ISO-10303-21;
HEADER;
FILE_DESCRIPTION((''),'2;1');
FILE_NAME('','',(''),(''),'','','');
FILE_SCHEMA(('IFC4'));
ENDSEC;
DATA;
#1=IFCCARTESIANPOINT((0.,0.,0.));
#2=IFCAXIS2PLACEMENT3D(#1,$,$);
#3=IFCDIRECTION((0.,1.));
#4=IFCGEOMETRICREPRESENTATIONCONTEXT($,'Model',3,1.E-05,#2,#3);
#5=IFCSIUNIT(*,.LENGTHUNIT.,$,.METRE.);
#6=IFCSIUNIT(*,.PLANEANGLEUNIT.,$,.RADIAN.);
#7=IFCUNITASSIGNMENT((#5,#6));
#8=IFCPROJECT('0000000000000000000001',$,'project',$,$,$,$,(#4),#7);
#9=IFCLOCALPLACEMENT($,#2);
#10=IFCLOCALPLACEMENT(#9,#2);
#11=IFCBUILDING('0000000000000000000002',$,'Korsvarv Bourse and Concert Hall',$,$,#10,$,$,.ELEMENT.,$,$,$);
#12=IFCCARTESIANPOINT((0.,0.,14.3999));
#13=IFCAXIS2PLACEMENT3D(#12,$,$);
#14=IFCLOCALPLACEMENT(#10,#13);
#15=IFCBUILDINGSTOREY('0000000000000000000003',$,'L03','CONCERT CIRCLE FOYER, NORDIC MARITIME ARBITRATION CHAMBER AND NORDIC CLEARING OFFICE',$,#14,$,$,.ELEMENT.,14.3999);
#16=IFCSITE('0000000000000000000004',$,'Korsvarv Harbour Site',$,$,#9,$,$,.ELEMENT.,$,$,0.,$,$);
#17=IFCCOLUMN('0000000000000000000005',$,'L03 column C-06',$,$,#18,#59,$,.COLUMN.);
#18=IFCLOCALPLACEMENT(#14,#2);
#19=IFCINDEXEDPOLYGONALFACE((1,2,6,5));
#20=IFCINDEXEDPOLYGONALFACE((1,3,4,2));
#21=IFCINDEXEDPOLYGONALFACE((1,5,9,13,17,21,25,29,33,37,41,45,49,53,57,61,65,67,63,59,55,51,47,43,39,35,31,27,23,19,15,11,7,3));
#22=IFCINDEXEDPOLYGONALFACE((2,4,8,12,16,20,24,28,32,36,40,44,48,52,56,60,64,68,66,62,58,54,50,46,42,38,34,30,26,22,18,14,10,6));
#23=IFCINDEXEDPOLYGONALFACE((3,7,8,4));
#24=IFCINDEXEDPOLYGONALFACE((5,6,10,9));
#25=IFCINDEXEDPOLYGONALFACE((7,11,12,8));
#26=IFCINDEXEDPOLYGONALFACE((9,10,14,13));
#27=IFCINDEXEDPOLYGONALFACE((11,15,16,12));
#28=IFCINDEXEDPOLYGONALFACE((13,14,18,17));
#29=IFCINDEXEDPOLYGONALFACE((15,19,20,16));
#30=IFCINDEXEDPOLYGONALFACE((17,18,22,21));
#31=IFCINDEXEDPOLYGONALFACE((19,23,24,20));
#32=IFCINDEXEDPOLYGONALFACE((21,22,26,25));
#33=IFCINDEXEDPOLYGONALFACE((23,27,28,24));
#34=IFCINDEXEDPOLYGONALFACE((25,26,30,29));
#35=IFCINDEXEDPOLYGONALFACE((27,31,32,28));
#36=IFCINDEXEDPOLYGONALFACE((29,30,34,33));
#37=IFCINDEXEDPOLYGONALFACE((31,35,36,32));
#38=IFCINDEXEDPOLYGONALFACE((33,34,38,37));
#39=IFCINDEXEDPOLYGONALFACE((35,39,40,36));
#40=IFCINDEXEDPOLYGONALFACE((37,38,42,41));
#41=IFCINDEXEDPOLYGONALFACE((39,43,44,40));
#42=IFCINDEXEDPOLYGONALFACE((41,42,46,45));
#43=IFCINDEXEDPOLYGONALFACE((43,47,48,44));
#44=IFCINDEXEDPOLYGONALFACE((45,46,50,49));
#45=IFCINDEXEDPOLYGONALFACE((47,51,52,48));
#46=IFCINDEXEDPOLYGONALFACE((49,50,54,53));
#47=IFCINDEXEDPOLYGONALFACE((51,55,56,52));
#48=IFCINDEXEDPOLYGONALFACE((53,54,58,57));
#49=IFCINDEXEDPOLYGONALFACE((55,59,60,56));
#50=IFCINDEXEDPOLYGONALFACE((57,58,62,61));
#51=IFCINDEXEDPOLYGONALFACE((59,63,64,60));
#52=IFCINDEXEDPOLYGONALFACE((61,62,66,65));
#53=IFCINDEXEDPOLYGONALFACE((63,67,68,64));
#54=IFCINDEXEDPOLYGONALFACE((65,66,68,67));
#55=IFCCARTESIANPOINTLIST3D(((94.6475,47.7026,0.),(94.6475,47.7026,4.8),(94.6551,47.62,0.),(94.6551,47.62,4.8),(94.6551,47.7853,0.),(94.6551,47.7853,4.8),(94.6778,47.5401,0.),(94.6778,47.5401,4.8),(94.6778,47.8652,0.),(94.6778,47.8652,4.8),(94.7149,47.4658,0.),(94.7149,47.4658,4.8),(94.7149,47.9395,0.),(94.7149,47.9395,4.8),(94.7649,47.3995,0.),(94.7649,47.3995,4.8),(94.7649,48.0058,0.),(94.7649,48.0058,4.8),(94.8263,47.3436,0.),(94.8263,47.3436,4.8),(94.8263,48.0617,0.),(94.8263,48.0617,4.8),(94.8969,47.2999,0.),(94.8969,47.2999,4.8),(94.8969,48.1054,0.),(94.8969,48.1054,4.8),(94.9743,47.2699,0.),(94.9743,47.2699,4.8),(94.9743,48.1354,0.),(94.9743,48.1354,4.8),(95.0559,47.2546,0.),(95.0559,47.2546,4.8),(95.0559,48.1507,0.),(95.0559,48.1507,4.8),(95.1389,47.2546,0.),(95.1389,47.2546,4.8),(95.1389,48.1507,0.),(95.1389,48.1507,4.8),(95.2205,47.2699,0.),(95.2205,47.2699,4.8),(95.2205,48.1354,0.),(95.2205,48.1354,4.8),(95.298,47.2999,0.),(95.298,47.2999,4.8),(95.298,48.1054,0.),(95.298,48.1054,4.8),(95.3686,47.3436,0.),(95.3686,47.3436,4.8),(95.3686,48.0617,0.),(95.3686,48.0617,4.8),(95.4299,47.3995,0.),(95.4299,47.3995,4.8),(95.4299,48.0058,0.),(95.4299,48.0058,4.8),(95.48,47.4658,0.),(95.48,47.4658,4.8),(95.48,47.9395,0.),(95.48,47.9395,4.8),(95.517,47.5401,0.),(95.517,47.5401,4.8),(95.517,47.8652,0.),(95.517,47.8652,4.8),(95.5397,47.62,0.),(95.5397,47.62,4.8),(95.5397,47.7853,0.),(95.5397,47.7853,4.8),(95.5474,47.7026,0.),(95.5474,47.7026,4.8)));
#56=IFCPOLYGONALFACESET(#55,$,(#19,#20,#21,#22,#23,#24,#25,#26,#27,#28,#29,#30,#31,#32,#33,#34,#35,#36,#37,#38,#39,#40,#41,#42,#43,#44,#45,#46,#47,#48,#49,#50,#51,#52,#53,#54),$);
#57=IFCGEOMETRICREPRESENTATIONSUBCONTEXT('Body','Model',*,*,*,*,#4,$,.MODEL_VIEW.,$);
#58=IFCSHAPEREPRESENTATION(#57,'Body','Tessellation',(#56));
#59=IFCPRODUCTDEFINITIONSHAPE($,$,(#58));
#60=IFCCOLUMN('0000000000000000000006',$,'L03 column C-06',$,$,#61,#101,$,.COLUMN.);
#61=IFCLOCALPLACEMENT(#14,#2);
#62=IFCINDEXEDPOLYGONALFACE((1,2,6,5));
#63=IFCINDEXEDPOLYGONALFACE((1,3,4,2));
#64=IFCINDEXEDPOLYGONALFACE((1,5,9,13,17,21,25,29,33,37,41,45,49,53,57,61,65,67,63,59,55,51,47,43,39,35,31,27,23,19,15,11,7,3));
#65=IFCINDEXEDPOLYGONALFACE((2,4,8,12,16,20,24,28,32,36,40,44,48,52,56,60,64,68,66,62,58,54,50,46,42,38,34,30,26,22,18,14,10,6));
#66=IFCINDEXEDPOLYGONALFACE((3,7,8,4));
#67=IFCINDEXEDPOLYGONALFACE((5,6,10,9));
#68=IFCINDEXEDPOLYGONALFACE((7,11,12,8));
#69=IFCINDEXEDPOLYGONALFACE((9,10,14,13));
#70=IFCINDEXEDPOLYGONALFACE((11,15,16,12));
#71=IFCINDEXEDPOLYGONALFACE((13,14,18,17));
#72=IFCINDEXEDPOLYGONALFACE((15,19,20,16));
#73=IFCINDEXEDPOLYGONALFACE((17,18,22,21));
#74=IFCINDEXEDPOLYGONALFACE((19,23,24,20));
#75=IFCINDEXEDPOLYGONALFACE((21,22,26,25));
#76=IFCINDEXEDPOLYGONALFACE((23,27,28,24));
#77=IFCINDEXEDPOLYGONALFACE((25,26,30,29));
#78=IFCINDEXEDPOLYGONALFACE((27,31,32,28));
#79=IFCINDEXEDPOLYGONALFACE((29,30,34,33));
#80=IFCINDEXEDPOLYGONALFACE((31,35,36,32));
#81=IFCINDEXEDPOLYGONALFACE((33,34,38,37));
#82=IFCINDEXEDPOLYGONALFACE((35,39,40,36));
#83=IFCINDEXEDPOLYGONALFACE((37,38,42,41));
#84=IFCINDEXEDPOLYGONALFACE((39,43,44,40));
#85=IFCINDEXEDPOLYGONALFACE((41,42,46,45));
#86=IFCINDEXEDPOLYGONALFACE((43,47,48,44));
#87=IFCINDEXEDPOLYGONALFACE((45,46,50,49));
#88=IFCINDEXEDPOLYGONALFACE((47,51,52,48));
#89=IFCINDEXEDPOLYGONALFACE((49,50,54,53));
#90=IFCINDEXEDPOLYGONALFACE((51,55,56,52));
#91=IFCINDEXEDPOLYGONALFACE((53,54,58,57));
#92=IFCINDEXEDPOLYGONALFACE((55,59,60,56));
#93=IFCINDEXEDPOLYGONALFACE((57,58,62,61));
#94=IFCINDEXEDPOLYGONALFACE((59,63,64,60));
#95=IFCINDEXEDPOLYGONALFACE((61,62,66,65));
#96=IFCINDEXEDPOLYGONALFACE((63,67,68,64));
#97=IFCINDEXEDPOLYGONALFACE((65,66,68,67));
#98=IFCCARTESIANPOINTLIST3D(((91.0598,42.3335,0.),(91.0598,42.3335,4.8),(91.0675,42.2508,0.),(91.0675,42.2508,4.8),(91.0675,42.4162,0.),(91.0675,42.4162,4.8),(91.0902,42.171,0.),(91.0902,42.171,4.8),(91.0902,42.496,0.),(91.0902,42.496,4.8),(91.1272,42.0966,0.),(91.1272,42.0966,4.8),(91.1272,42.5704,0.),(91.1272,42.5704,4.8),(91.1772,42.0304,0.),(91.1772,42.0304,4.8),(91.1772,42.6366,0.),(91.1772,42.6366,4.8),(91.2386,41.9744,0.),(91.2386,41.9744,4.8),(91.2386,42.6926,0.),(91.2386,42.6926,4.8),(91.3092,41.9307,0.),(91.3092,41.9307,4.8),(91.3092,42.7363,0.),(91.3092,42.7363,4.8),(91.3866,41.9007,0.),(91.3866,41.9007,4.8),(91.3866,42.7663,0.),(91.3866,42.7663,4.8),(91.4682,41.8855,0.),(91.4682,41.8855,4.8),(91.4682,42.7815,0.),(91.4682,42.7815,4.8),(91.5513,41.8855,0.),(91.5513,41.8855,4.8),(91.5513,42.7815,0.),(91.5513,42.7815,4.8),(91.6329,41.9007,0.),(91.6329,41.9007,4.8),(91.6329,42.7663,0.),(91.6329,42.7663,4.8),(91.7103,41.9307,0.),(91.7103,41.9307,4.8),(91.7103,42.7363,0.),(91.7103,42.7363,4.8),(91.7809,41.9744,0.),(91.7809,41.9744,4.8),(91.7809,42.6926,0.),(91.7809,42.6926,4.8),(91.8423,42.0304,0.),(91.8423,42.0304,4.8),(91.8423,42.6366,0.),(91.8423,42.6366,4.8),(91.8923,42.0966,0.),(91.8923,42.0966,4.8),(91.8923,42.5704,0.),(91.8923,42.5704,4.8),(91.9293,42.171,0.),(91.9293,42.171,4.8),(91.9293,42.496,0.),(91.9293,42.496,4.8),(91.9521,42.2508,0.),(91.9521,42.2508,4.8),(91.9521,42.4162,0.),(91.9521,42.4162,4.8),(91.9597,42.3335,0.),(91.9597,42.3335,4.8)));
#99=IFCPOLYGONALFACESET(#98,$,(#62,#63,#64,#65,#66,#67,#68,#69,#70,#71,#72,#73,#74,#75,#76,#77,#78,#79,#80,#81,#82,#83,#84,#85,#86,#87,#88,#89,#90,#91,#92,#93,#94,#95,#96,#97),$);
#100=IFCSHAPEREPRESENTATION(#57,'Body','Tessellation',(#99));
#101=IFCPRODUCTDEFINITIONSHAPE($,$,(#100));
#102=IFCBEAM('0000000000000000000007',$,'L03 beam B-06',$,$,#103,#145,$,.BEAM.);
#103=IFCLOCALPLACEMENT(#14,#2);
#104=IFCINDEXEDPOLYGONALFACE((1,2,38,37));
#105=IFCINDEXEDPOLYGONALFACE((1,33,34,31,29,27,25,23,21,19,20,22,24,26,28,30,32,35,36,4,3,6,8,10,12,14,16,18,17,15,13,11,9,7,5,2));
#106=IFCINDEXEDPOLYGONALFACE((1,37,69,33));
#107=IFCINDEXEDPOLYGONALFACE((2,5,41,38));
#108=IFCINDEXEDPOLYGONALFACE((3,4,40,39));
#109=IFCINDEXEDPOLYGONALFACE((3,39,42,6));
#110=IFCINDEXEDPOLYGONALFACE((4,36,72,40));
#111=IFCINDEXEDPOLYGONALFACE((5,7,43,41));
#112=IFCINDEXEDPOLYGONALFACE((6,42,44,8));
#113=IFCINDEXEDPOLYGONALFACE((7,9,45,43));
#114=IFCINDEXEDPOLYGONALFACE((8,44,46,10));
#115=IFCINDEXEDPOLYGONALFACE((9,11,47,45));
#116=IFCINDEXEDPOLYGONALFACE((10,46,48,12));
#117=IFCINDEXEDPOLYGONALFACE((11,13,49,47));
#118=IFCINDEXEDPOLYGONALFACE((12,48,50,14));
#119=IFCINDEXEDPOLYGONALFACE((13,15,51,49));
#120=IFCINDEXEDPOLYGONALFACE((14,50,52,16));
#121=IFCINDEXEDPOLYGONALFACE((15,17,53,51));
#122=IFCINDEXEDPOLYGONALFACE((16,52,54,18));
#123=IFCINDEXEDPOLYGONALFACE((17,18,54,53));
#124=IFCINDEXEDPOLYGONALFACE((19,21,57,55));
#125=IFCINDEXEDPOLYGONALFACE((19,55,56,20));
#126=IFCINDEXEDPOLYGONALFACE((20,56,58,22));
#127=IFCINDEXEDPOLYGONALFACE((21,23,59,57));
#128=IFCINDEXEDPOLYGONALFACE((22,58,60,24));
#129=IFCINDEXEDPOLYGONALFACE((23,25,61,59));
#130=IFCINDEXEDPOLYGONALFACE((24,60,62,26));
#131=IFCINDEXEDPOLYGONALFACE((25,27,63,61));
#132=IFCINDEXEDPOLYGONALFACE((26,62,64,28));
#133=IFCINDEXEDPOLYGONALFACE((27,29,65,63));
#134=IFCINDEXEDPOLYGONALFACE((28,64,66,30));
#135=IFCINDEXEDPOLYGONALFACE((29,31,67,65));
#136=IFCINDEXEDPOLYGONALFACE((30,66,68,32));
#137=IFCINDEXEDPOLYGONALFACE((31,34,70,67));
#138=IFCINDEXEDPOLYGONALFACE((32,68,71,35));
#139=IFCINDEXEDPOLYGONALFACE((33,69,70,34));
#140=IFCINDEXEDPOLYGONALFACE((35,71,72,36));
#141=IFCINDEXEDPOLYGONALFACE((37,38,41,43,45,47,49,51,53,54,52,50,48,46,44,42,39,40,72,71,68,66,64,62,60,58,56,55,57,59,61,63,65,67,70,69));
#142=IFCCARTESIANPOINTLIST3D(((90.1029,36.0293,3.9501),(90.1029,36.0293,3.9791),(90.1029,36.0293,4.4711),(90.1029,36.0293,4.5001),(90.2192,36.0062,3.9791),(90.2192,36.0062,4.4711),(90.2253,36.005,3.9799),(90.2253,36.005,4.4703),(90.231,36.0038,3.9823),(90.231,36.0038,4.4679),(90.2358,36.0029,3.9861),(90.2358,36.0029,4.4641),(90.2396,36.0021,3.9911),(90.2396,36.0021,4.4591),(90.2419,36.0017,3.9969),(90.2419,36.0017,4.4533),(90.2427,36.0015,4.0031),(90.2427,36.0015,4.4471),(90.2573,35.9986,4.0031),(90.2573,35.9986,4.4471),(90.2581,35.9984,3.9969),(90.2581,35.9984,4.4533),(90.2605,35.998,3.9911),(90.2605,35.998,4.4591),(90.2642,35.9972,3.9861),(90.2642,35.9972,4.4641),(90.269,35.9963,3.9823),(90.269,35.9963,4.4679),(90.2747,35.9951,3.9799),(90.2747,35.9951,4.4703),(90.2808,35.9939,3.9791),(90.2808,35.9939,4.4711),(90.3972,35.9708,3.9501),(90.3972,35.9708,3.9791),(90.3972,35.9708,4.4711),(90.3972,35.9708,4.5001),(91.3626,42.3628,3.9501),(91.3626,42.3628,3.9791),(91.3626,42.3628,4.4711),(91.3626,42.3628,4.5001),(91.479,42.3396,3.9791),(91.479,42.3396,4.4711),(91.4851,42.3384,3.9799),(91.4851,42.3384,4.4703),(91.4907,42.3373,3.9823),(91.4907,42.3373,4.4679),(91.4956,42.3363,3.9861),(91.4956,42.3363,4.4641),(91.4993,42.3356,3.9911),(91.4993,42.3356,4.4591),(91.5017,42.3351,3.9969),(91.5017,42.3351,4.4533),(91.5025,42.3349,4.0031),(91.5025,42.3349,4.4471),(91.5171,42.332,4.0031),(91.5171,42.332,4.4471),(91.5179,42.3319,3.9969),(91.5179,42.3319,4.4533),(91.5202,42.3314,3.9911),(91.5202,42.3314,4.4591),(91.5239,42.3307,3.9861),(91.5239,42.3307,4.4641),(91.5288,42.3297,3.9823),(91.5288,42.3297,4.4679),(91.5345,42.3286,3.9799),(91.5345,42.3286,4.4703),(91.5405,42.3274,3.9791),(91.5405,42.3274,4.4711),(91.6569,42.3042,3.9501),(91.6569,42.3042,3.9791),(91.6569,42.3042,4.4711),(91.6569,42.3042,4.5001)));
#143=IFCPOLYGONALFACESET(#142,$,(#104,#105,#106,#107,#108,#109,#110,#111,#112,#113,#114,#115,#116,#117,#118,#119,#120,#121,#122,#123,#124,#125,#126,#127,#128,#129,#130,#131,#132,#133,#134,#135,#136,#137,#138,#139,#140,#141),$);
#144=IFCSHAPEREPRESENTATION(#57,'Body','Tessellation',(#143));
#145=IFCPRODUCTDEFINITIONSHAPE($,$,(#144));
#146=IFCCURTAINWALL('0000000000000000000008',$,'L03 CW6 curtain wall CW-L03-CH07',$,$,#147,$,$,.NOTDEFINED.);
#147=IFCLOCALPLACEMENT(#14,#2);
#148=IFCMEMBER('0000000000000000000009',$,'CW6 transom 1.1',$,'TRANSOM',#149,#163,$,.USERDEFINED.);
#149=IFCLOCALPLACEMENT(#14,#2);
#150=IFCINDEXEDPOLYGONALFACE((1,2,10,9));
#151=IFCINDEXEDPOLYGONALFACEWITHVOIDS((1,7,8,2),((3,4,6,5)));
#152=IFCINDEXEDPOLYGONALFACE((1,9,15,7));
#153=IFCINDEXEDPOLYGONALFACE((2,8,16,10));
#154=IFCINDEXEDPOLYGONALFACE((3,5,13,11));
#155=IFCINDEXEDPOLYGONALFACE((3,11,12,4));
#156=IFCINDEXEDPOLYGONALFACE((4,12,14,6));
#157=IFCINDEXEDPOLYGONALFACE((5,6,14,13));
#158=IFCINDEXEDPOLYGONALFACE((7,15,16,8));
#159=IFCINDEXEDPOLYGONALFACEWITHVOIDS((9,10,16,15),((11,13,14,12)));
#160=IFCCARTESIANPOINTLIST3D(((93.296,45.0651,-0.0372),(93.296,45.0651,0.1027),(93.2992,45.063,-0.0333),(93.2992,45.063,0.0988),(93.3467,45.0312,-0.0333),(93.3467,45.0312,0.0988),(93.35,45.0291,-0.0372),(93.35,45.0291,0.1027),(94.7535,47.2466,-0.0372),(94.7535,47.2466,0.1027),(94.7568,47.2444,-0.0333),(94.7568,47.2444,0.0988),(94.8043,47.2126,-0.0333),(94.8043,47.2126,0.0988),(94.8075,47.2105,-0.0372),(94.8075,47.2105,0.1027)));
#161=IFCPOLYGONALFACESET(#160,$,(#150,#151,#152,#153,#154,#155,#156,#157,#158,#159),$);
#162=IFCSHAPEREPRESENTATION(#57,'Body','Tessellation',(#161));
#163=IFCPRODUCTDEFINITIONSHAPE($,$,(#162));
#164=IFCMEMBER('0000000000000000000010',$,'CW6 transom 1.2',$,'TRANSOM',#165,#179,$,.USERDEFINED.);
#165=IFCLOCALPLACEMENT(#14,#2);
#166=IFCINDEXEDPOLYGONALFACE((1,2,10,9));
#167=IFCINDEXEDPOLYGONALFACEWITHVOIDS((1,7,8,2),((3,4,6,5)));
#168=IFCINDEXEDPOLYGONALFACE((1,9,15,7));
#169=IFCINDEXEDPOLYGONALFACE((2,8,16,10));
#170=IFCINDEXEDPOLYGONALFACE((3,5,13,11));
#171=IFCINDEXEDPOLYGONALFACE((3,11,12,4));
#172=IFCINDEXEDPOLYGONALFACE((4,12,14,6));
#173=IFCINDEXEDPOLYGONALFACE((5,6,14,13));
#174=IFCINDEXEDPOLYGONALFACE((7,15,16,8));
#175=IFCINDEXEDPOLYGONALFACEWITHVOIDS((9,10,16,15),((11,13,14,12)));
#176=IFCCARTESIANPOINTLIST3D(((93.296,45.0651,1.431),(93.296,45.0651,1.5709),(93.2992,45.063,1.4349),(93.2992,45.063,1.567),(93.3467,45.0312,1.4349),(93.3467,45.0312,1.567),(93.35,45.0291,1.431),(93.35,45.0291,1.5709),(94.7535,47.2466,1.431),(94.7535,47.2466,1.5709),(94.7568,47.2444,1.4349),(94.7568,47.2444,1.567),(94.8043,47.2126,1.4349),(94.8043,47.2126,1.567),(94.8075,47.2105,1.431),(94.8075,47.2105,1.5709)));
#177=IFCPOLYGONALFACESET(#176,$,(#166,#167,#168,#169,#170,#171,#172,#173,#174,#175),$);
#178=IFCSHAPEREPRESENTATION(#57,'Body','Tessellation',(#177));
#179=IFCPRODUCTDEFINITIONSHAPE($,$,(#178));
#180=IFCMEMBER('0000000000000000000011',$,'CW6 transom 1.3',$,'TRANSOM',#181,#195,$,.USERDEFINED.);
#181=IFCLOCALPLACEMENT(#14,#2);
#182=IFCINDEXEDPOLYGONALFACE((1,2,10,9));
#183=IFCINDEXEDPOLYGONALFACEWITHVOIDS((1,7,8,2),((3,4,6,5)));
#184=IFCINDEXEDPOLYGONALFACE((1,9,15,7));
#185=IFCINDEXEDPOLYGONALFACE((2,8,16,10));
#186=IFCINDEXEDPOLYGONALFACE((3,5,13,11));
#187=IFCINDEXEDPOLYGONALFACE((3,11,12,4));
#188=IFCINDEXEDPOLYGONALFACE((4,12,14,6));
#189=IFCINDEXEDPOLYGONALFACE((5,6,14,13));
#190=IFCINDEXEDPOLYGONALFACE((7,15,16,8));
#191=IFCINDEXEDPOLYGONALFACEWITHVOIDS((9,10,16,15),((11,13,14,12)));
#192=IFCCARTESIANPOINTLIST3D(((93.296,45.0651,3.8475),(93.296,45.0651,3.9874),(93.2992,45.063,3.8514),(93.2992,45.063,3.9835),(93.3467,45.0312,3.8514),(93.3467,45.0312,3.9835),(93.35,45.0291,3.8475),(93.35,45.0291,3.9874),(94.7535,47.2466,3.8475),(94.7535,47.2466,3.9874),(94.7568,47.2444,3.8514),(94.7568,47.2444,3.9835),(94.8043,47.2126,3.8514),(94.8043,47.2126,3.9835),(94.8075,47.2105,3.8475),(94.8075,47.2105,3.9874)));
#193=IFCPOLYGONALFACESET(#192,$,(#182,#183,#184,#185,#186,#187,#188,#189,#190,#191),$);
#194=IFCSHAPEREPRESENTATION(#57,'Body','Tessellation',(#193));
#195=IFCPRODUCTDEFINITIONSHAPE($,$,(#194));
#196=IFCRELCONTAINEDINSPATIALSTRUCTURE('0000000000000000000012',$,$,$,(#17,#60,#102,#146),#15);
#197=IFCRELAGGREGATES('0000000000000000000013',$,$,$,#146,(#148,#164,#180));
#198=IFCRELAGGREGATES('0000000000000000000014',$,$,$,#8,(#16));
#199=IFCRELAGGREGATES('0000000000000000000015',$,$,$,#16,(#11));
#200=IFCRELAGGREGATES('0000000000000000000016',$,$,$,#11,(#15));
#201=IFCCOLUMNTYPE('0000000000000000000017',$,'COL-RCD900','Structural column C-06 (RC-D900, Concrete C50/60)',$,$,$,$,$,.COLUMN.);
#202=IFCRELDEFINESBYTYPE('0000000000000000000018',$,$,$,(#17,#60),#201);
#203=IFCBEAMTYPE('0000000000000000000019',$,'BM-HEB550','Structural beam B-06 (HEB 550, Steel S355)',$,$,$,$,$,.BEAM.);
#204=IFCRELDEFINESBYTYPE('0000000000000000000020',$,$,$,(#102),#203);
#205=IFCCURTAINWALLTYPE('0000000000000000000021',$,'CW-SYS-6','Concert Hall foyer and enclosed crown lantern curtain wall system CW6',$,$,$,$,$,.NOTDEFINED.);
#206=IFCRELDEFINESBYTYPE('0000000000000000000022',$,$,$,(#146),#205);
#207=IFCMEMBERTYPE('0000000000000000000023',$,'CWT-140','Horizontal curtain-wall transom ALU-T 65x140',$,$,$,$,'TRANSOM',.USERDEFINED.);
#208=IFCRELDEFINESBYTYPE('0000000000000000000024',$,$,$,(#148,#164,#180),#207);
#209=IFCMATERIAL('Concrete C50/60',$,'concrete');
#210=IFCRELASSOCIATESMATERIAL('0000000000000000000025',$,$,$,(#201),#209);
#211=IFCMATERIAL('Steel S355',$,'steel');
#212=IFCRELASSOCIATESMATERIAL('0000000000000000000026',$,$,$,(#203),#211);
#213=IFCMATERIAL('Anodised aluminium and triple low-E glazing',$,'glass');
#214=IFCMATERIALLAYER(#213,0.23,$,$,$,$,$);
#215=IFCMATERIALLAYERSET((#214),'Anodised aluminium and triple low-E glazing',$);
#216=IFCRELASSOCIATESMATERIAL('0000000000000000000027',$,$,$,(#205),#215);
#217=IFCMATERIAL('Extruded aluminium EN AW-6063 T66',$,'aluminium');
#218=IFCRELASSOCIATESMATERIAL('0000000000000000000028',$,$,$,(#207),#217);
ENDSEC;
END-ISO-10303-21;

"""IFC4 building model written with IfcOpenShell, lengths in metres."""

from ifc_helpers import new_model, si_unit, direction, frame, origin, origin_2d, place, context, subcontext, project, spatial, hollow_rectangle, circle, i_section, extrude, source, transform, mapped, material, layer, layer_set, material_profile, profile_set, type_object, element, aggregate, save


model = new_model("IFC4")

# Units and contexts
model_context = context("Model", 3, precision=1e-05, world=origin(), true_north=direction((0.0, 1.0)))
body_context = subcontext(model_context, "Body", "Model", "MODEL_VIEW")
ifc_project = project(units=[si_unit("LENGTHUNIT", "METRE"), si_unit("PLANEANGLEUNIT", "RADIAN")], contexts=[model_context])

# Site, building, storey
site_placement = place(None, origin())
site = spatial("IfcSite", under=ifc_project, at=site_placement, Name="Korsvarv Harbour Site", CompositionType="ELEMENT", RefElevation=0.0)
building_placement = place(site_placement, origin())
building = spatial("IfcBuilding", under=site, at=building_placement, Name="Korsvarv Bourse and Concert Hall", CompositionType="ELEMENT")
storey_placement = place(building_placement, frame((0.0, 0.0, 14.3999)))
storey = spatial("IfcBuildingStorey", under=building, at=storey_placement, Name="L03", Description="CONCERT CIRCLE FOYER, NORDIC MARITIME ARBITRATION CHAMBER AND NORDIC CLEARING OFFICE", CompositionType="ELEMENT", Elevation=14.3999)

# Columns
ifc_material_1 = material(Name="Concrete C50/60", Category="concrete")
ifc_material_profile_1 = material_profile(ifc_material_1, circle(Radius=0.45, at=origin_2d()), Name="RC-D900")
ifc_profile_set_1 = profile_set([ifc_material_profile_1], Name="Concrete C50/60")
column_type = type_object("IfcColumnType", Name="COL-RCD900", Description="Structural column C-06 (RC-D900, Concrete C50/60)", PredefinedType="COLUMN", material=ifc_profile_set_1)
shared_shape_1 = source(origin(), body_context, "Body", "SweptSolid", [
    extrude(circle(Radius=0.45, at=origin_2d()), origin(), (0.0, 0.0, 1.0), 4.8),
])
for number, where, z_axis, x_axis, name in (
    (1, (95.0974, 47.7026, 0.0), (0.0, 0.0, 1.0), (1.0, 0.0, 0.0), "L03 column C-06"),
    (2, (91.5098, 42.3335, 0.0), (0.0, 0.0, 1.0), (1.0, 0.0, 0.0), "L03 column C-06"),
):
    element("IfcColumn", number, at=place(storey_placement, frame(where, z_axis=z_axis, x_axis=x_axis)), inside=storey, type_object=column_type, Name=name, PredefinedType="COLUMN", context=body_context, shape_type="MappedRepresentation", body=[
        mapped(shared_shape_1, transform((0.0, 0.0, 0.0), scale=1.0)),
    ])

# Beam
ifc_material_2 = material(Name="Steel S355", Category="steel")
ifc_material_profile_2 = material_profile(ifc_material_2, i_section(OverallWidth=0.3, OverallDepth=0.55, WebThickness=0.0149, FlangeThickness=0.0291, FilletRadius=0.0239, at=origin_2d()), Name="HEB 550")
ifc_profile_set_2 = profile_set([ifc_material_profile_2], Name="Steel S355")
beam_type = type_object("IfcBeamType", Name="BM-HEB550", Description="Structural beam B-06 (HEB 550, Steel S355)", PredefinedType="BEAM", material=ifc_profile_set_2)
shared_shape_2 = source(origin(), body_context, "Body", "SweptSolid", [
    extrude(i_section(OverallWidth=0.3, OverallDepth=0.55, WebThickness=0.0149, FlangeThickness=0.0291, FilletRadius=0.0239, at=origin_2d()), origin(), (0.0, 0.0, 1.0), 6.4575),
])
beam_placement = place(storey_placement, frame((91.5098, 42.3335, 4.2251), z_axis=(-0.195084, -0.980787, 0.0), x_axis=(0.980787, -0.195084, 0.0)))
element("IfcBeam", 3, at=beam_placement, inside=storey, type_object=beam_type, Name="L03 beam B-06", PredefinedType="BEAM", context=body_context, shape_type="MappedRepresentation", body=[
    mapped(shared_shape_2, transform((0.0, 0.0, 0.0), scale=1.0)),
])

# Curtain wall, members
ifc_material_3 = material(Name="Anodised aluminium and triple low-E glazing", Category="glass")
ifc_layer_1 = layer(ifc_material_3, 0.23)
ifc_layer_set_1 = layer_set([ifc_layer_1], Name="Anodised aluminium and triple low-E glazing")
curtain_wall_type = type_object("IfcCurtainWallType", Name="CW-SYS-6", Description="Concert Hall foyer and enclosed crown lantern curtain wall system CW6", PredefinedType="NOTDEFINED", material=ifc_layer_set_1)
curtain_wall_1_placement = place(storey_placement, origin())
curtain_wall_1 = element("IfcCurtainWall", 4, at=curtain_wall_1_placement, inside=storey, type_object=curtain_wall_type, Name="L03 CW6 curtain wall CW-L03-CH07", PredefinedType="NOTDEFINED")
ifc_material_4 = material(Name="Extruded aluminium EN AW-6063 T66", Category="aluminium")
ifc_material_profile_3 = material_profile(ifc_material_4, hollow_rectangle(XDim=0.0649, YDim=0.1399, WallThickness=0.0039, at=origin_2d()), Name="ALU-T 65x140")
ifc_profile_set_3 = profile_set([ifc_material_profile_3], Name="Extruded aluminium EN AW-6063 T66")
member_type_1 = type_object("IfcMemberType", Name="CWT-140", Description="Horizontal curtain-wall transom ALU-T 65x140", ElementType="TRANSOM", PredefinedType="USERDEFINED", material=ifc_profile_set_3)
shared_shape_3 = source(origin(), body_context, "Body", "SweptSolid", [
    extrude(hollow_rectangle(XDim=0.0649, YDim=0.1399, WallThickness=0.0039, at=origin_2d()), origin(), (0.0, 0.0, 1.0), 2.6235),
])
member_1_placement = place(storey_placement, frame((94.7805, 47.2285, 0.0327), z_axis=(-0.555559, -0.831477, 0.0), x_axis=(0.831477, -0.555559, 0.0)))
member_1 = element("IfcMember", 5, at=member_1_placement, type_object=member_type_1, Name="CW6 transom 1.1", ObjectType="TRANSOM", PredefinedType="USERDEFINED", context=body_context, shape_type="MappedRepresentation", body=[
    mapped(shared_shape_3, transform((0.0, 0.0, 0.0), scale=1.0)),
])
member_2_placement = place(storey_placement, frame((94.7805, 47.2285, 1.501), z_axis=(-0.555559, -0.831477, 0.0), x_axis=(0.831477, -0.555559, 0.0)))
member_2 = element("IfcMember", 6, at=member_2_placement, type_object=member_type_1, Name="CW6 transom 1.2", ObjectType="TRANSOM", PredefinedType="USERDEFINED", context=body_context, shape_type="MappedRepresentation", body=[
    mapped(shared_shape_3, transform((0.0, 0.0, 0.0), scale=1.0)),
])
member_3_placement = place(storey_placement, frame((94.7805, 47.2285, 3.9175), z_axis=(-0.555559, -0.831477, 0.0), x_axis=(0.831477, -0.555559, 0.0)))
member_3 = element("IfcMember", 7, at=member_3_placement, type_object=member_type_1, Name="CW6 transom 1.3", ObjectType="TRANSOM", PredefinedType="USERDEFINED", context=body_context, shape_type="MappedRepresentation", body=[
    mapped(shared_shape_3, transform((0.0, 0.0, 0.0), scale=1.0)),
])

aggregate(curtain_wall_1, [member_1, member_2, member_3])

save(model, "model.ifc")
